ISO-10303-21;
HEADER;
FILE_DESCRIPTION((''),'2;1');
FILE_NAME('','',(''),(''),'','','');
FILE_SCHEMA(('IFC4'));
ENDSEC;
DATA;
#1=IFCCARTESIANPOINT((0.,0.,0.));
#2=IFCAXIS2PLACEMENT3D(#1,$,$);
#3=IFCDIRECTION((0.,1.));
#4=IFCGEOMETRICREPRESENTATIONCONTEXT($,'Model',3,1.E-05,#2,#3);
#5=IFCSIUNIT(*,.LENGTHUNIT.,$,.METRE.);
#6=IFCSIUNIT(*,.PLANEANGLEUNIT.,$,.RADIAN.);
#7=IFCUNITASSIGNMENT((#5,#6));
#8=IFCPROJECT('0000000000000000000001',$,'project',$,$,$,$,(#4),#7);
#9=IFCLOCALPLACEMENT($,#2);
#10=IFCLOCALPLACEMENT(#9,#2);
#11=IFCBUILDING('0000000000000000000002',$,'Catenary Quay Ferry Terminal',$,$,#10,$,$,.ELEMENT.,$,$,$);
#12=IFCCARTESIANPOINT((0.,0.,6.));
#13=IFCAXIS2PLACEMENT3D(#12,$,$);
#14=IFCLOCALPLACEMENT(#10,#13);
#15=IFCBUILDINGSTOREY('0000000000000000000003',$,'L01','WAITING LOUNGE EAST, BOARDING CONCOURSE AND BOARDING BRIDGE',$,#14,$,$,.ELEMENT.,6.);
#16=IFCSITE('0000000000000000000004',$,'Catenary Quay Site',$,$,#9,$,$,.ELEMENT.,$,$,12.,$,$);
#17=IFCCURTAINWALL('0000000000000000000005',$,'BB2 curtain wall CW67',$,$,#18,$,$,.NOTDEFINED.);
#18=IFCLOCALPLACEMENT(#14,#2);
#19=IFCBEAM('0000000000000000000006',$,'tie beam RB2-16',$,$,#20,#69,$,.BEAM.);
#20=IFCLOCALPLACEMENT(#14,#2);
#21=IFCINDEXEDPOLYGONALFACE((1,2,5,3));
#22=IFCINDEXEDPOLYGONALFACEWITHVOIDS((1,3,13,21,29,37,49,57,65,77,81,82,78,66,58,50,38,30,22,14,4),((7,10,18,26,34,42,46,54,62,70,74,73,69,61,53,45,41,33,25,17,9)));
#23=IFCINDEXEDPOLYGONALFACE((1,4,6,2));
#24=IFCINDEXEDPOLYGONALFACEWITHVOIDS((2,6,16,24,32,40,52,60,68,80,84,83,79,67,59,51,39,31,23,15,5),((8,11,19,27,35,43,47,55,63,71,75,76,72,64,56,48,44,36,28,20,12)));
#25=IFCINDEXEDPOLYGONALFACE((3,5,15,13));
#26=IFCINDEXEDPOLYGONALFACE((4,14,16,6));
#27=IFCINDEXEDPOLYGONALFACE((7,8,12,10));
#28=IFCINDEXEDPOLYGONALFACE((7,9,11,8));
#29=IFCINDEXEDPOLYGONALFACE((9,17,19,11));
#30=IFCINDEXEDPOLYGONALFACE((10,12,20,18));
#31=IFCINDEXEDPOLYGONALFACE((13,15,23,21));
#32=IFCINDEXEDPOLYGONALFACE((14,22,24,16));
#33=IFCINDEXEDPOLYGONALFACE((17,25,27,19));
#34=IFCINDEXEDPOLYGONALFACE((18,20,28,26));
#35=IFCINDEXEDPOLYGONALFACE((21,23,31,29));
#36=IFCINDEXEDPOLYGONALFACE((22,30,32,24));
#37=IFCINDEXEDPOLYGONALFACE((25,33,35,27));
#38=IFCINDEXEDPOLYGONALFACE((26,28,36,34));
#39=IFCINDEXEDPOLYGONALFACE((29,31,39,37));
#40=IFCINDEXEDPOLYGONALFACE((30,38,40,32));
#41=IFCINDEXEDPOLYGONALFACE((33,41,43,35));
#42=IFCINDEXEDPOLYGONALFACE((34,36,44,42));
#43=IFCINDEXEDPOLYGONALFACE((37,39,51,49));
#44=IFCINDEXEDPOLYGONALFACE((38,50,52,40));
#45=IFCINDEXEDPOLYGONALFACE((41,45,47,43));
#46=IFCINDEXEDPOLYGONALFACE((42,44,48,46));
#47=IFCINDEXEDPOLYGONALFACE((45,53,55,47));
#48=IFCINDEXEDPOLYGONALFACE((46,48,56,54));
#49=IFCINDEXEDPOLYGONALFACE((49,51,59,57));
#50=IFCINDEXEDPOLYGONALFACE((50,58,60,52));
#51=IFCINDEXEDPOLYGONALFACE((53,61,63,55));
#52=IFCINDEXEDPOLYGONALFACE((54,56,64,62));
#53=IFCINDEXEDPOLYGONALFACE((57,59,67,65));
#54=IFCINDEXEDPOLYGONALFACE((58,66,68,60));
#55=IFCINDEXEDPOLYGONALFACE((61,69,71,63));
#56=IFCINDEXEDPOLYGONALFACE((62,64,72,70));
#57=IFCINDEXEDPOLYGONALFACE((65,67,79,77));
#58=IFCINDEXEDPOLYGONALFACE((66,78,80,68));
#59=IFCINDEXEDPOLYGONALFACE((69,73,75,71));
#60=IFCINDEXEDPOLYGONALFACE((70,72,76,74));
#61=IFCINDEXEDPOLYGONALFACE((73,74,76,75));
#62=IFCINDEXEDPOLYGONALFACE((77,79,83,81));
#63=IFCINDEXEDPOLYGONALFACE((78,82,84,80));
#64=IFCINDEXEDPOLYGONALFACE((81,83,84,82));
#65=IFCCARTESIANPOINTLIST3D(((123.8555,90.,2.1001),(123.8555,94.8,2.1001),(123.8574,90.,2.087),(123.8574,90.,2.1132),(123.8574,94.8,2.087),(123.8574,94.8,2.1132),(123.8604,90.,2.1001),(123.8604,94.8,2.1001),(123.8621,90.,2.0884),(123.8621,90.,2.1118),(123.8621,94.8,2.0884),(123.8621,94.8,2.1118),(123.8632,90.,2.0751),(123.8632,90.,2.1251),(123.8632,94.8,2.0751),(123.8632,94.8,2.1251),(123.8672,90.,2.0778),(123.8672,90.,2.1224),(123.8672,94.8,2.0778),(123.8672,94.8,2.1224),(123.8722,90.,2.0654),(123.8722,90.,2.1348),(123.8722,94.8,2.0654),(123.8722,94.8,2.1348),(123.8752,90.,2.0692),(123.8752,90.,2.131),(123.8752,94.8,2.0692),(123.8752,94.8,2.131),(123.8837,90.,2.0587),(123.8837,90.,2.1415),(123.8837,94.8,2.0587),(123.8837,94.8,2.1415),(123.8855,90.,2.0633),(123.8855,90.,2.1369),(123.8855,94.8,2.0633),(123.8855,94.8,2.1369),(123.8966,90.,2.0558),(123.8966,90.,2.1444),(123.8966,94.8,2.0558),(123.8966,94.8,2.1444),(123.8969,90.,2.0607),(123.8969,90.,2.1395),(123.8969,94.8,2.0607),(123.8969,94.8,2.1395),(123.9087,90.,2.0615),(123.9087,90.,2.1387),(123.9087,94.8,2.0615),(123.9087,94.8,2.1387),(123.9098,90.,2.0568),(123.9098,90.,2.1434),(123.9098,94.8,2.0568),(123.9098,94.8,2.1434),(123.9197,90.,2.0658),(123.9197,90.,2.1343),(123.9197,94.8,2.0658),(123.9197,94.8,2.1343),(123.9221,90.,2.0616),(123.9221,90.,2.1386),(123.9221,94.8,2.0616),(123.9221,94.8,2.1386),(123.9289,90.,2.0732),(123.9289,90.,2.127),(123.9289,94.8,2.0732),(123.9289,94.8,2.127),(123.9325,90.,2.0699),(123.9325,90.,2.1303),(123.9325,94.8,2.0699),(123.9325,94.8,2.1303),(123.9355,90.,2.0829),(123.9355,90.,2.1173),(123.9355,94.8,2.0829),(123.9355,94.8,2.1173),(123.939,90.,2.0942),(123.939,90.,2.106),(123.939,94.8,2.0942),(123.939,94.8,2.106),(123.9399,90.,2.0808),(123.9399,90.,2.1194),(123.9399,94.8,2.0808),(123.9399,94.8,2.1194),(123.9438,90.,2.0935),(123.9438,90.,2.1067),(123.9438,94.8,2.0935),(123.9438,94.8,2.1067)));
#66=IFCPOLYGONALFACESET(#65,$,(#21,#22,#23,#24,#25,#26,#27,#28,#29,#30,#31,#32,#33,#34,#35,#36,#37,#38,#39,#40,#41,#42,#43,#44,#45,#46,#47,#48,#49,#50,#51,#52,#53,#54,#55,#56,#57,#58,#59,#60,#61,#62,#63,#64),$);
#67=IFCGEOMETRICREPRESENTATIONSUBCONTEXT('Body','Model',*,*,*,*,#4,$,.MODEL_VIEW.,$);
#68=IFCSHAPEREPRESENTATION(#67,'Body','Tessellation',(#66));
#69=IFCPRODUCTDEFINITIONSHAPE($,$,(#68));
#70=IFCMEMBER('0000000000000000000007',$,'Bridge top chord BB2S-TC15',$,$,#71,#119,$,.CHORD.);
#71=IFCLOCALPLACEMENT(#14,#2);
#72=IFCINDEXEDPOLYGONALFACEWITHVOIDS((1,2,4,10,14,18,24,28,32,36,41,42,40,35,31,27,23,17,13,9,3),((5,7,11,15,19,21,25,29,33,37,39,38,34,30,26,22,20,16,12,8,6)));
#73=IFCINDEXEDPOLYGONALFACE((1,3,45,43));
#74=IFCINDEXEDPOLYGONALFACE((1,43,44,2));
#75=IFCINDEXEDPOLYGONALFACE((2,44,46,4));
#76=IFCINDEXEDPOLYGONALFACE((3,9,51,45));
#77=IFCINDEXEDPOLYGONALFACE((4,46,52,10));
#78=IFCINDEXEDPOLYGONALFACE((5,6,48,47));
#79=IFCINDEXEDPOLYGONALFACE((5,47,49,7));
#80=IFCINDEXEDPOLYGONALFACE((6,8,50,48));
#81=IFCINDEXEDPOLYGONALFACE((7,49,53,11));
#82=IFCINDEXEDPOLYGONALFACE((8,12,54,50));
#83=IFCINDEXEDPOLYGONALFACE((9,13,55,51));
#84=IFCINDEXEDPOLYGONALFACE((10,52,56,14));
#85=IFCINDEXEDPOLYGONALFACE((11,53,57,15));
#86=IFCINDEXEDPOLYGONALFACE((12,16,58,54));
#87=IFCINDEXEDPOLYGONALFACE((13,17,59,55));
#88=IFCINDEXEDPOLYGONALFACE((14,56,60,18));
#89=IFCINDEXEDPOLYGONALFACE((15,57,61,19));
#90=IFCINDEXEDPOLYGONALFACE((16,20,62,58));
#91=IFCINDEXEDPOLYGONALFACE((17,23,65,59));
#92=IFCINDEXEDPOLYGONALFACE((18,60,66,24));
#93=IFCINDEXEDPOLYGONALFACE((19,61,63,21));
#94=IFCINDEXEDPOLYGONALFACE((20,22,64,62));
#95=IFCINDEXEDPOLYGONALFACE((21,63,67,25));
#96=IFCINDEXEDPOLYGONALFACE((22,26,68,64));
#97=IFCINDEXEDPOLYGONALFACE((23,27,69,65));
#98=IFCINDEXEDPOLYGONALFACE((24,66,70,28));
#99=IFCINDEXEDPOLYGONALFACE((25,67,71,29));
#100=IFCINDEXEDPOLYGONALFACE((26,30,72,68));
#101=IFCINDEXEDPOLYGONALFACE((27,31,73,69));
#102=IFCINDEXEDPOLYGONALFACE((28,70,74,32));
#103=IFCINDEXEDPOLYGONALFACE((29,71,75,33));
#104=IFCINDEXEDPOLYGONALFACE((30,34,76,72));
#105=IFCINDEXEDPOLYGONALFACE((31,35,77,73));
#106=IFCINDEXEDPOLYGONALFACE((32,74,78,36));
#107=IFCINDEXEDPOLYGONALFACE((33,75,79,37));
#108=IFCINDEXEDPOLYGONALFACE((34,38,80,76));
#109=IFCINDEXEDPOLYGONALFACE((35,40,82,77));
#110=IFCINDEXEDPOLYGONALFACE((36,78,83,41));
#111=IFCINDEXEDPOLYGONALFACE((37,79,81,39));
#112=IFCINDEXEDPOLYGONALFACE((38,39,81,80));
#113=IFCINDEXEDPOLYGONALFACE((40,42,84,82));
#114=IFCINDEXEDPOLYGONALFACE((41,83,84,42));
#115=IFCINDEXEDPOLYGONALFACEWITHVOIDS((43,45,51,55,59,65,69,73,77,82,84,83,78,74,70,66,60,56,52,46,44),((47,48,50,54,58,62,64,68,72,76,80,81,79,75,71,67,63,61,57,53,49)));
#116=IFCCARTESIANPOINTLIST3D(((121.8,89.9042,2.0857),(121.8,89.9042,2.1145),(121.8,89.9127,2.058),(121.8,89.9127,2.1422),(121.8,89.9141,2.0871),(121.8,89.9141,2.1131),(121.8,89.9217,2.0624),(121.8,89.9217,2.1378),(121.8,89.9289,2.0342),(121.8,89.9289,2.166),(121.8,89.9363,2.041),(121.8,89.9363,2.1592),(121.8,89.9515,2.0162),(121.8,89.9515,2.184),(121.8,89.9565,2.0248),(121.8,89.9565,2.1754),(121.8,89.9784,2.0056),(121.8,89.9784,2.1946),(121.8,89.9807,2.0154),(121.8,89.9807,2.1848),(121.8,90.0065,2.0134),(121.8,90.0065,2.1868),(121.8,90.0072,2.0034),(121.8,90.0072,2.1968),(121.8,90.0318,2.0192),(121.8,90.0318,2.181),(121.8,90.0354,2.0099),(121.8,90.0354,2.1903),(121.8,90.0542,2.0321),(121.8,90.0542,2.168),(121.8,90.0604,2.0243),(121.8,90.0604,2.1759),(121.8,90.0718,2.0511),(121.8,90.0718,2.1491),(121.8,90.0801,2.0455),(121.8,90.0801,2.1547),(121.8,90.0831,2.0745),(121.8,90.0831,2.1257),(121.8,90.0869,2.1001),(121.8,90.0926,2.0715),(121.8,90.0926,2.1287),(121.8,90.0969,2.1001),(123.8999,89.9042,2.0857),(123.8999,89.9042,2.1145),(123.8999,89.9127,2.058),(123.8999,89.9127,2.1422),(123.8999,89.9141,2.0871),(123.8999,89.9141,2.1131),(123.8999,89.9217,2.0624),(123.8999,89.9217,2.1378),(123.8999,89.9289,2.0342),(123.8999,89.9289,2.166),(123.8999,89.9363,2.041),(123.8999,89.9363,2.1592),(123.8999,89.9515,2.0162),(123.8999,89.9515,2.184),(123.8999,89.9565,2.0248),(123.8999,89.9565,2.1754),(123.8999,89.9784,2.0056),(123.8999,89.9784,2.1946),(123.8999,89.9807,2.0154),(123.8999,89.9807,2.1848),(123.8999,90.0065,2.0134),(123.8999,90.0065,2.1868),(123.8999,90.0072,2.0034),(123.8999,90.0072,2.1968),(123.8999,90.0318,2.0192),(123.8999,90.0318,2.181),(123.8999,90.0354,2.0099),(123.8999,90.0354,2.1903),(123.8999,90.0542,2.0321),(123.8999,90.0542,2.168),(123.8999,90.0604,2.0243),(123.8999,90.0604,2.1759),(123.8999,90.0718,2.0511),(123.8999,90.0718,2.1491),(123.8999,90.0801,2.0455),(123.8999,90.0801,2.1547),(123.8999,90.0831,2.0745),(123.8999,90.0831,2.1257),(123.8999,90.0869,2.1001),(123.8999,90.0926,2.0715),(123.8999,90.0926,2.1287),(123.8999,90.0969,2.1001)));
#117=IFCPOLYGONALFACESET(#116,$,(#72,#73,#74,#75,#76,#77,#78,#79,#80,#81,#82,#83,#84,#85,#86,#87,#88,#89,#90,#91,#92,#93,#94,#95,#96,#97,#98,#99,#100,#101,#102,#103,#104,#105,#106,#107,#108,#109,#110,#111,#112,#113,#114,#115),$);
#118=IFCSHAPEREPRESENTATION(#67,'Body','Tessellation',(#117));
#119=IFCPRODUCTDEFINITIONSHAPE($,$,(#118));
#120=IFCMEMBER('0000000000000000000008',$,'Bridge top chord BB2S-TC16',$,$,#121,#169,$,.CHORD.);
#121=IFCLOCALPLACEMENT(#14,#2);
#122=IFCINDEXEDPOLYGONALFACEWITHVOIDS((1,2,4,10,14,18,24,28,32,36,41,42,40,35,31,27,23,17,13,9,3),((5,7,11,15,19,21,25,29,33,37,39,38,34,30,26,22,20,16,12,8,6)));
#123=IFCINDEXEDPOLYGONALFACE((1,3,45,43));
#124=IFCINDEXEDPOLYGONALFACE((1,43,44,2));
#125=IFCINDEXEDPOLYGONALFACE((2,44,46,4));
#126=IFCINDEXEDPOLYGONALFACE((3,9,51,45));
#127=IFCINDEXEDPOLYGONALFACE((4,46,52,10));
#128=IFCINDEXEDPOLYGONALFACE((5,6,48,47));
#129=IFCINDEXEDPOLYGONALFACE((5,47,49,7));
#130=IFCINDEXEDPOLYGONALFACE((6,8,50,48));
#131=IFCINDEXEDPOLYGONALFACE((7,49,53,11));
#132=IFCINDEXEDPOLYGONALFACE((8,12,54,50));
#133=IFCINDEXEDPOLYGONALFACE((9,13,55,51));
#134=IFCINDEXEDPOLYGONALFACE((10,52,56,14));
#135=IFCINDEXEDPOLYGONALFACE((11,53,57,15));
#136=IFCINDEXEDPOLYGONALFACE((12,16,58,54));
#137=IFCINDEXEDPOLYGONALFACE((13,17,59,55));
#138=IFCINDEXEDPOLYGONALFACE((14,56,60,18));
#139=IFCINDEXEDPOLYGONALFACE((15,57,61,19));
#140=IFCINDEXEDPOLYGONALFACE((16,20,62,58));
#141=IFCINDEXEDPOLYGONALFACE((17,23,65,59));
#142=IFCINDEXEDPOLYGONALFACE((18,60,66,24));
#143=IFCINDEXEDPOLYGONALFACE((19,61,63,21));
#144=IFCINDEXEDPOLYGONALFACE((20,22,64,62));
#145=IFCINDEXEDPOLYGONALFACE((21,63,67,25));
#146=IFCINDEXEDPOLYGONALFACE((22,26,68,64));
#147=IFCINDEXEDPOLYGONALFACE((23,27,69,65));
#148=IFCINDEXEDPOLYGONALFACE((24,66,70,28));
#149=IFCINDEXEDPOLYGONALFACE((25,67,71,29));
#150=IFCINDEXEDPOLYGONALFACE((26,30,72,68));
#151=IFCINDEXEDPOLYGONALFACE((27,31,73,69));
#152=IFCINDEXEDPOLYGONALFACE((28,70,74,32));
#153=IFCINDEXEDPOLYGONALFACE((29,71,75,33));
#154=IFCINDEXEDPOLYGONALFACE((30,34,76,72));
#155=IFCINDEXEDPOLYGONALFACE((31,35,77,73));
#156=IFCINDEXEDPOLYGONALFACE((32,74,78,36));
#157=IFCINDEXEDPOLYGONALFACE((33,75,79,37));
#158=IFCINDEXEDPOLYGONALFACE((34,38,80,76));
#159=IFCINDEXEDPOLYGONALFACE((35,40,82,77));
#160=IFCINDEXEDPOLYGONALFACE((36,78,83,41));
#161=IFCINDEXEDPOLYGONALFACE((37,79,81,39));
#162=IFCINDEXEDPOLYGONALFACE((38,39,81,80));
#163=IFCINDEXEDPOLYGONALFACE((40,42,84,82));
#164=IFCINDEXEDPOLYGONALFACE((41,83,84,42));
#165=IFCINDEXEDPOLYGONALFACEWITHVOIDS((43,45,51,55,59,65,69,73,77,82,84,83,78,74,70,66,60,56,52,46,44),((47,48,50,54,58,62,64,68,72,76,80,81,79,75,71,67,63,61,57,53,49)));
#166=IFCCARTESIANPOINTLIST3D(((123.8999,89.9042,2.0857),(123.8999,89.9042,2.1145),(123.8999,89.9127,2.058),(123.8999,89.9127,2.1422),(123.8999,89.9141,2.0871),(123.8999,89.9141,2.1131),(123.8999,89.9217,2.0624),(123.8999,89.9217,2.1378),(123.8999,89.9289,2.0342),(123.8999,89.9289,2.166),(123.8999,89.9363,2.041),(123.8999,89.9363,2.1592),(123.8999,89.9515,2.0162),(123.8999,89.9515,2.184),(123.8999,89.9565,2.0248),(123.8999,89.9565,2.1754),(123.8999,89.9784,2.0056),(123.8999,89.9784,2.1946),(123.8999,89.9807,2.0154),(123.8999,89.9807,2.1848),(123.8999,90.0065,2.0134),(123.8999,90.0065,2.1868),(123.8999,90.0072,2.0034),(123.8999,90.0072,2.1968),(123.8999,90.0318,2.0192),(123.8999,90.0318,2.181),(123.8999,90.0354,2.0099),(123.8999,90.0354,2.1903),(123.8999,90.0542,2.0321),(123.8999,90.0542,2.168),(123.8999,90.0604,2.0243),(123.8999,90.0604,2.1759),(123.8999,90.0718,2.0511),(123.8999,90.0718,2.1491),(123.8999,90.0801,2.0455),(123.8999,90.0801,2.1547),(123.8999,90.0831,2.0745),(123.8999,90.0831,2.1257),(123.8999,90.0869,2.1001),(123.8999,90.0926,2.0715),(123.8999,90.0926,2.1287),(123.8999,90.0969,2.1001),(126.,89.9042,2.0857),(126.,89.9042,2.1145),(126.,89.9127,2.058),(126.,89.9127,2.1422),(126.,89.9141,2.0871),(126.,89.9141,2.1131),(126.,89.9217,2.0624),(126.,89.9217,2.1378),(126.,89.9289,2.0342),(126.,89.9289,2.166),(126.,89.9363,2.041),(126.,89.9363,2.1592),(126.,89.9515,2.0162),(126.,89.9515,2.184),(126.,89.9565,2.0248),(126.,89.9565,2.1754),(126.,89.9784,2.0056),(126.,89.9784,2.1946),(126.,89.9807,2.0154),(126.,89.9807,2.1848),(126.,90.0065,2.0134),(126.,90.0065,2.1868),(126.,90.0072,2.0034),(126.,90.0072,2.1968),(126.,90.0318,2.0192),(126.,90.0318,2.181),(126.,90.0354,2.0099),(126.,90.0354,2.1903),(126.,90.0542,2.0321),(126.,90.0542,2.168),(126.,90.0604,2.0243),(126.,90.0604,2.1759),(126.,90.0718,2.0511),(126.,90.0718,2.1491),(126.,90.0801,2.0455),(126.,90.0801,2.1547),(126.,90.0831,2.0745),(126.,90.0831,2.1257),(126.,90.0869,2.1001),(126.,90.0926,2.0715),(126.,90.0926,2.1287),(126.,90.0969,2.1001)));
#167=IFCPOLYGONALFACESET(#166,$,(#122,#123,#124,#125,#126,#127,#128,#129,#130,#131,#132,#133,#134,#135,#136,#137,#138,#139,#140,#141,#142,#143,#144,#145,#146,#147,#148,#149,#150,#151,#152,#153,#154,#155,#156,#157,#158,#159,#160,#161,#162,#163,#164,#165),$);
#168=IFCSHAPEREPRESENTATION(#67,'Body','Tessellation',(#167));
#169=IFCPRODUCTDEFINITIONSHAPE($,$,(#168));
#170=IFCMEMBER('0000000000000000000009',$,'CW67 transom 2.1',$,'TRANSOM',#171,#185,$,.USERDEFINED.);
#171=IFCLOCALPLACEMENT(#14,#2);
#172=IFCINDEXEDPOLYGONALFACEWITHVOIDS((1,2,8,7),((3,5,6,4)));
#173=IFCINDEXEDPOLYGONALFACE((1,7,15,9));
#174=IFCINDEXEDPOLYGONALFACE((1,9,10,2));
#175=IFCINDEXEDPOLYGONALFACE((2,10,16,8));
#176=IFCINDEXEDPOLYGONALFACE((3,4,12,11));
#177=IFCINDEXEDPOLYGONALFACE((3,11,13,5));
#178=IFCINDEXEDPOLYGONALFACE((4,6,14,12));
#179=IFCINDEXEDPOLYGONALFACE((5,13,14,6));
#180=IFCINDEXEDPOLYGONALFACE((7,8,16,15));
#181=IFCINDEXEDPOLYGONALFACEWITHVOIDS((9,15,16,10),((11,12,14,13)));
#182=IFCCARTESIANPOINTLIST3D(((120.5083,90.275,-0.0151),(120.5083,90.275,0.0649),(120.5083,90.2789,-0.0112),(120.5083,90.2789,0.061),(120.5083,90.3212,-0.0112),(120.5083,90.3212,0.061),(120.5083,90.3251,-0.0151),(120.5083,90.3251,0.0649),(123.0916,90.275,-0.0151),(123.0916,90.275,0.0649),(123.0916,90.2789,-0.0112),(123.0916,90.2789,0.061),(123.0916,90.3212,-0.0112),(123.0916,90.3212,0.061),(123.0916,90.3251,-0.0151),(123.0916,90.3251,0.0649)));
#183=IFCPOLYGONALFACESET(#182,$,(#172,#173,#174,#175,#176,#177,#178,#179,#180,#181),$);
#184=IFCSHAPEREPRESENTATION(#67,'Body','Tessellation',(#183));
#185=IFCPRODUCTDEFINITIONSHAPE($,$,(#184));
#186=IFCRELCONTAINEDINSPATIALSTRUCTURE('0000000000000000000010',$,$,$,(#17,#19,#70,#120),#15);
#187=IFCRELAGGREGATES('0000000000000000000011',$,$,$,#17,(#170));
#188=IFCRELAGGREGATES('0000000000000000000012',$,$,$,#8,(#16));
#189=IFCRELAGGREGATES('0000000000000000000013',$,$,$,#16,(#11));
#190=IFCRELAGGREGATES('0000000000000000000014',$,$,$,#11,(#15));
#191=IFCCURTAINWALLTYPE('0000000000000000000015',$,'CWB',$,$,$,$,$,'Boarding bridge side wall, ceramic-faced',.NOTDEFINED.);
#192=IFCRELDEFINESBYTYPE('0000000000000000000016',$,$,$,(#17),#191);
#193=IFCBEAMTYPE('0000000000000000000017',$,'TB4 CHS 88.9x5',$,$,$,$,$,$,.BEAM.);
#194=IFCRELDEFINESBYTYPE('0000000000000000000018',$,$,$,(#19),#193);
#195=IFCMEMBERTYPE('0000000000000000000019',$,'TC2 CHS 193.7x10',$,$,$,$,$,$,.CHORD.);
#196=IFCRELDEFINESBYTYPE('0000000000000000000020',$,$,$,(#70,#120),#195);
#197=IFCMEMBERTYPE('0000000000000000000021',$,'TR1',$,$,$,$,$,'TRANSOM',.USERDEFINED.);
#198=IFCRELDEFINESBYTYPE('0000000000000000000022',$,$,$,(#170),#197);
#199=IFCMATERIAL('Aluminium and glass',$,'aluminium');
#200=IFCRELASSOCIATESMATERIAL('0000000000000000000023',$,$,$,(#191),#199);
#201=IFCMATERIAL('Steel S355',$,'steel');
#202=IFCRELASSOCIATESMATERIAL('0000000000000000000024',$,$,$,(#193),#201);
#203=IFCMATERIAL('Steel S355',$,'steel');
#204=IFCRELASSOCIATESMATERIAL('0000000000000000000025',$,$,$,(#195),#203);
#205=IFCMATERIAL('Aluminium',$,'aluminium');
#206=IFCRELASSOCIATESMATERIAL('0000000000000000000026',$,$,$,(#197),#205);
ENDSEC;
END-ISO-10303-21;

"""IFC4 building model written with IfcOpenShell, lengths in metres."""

from ifc_helpers import new_model, si_unit, direction, frame, origin, origin_2d, place, context, subcontext, project, spatial, hollow_rectangle, hollow_circle, extrude, material, material_profile, profile_set, type_object, element, aggregate, save


model = new_model("IFC4")

# Units and contexts
model_context = context("Model", 3, precision=1e-05, world=origin(), true_north=direction((0.0, 1.0)))
body_context = subcontext(model_context, "Body", "Model", "MODEL_VIEW")
ifc_project = project(units=[si_unit("LENGTHUNIT", "METRE"), si_unit("PLANEANGLEUNIT", "RADIAN")], contexts=[model_context])

# Site, building, storey
site_placement = place(None, origin())
site = spatial("IfcSite", under=ifc_project, at=site_placement, Name="Catenary Quay Site", CompositionType="ELEMENT", RefElevation=12.0)
building_placement = place(site_placement, origin())
building = spatial("IfcBuilding", under=site, at=building_placement, Name="Catenary Quay Ferry Terminal", CompositionType="ELEMENT")
storey_placement = place(building_placement, frame((0.0, 0.0, 6.0)))
storey = spatial("IfcBuildingStorey", under=building, at=storey_placement, Name="L01", Description="WAITING LOUNGE EAST, BOARDING CONCOURSE AND BOARDING BRIDGE", CompositionType="ELEMENT", Elevation=6.0)

# Curtain wall
ifc_material_1 = material(Name="Aluminium and glass", Category="aluminium")
curtain_wall_type = type_object("IfcCurtainWallType", Name="CWB", ElementType="Boarding bridge side wall, ceramic-faced", PredefinedType="NOTDEFINED", material=ifc_material_1)
curtain_wall_placement = place(storey_placement, origin())
curtain_wall = element("IfcCurtainWall", 1, at=curtain_wall_placement, inside=storey, type_object=curtain_wall_type, Name="BB2 curtain wall CW67", PredefinedType="NOTDEFINED")

# Beam
ifc_material_2 = material(Name="Steel S355", Category="steel")
ifc_material_profile_1 = material_profile(ifc_material_2, hollow_circle(Radius=0.0444, WallThickness=0.0049, at=origin_2d()), Name="CHS 88.9x5")
ifc_profile_set_1 = profile_set([ifc_material_profile_1], Name="Steel S355")
beam_type_1 = type_object("IfcBeamType", Name="TB4 CHS 88.9x5", PredefinedType="BEAM", material=ifc_profile_set_1)
for number, where, z_axis, x_axis, name in (
    (2, (123.8999, 90.0, 2.1001), (0.0, 1.0, 0.0), (-1.0, 0.0, 0.0), "tie beam RB2-16"),
):
    element("IfcBeam", number, at=place(storey_placement, frame(where, z_axis=z_axis, x_axis=x_axis)), inside=storey, type_object=beam_type_1, Name=name, PredefinedType="BEAM", context=body_context, shape_type="SweptSolid", body=[
        extrude(hollow_circle(Radius=0.0444, WallThickness=0.0049, at=origin_2d()), origin(), (0.0, 0.0, 1.0), 4.8),
    ])

# Members
ifc_material_3 = material(Name="Steel S355", Category="steel")
ifc_material_profile_2 = material_profile(ifc_material_3, hollow_circle(Radius=0.0969, WallThickness=0.01, at=origin_2d()), Name="CHS 193.7x10")
ifc_profile_set_2 = profile_set([ifc_material_profile_2], Name="Steel S355")
member_type_1 = type_object("IfcMemberType", Name="TC2 CHS 193.7x10", PredefinedType="CHORD", material=ifc_profile_set_2)
member_1_placement = place(storey_placement, frame((121.8, 90.0, 2.1001), z_axis=(1.0, 0.0, 0.0), x_axis=(0.0, 1.0, 0.0)))
element("IfcMember", 3, at=member_1_placement, inside=storey, type_object=member_type_1, Name="Bridge top chord BB2S-TC15", PredefinedType="CHORD", context=body_context, shape_type="SweptSolid", body=[
    extrude(hollow_circle(Radius=0.0969, WallThickness=0.01, at=origin_2d()), origin(), (0.0, 0.0, 1.0), 2.0999),
])
member_2_placement = place(storey_placement, frame((123.8999, 90.0, 2.1001), z_axis=(1.0, 0.0, 0.0), x_axis=(0.0, 1.0, 0.0)))
element("IfcMember", 4, at=member_2_placement, inside=storey, type_object=member_type_1, Name="Bridge top chord BB2S-TC16", PredefinedType="CHORD", context=body_context, shape_type="SweptSolid", body=[
    extrude(hollow_circle(Radius=0.0969, WallThickness=0.01, at=origin_2d()), origin(), (0.0, 0.0, 1.0), 2.1001),
])

# Member
ifc_material_4 = material(Name="Aluminium", Category="aluminium")
ifc_material_profile_3 = material_profile(ifc_material_4, hollow_rectangle(XDim=0.05, YDim=0.0801, WallThickness=0.0039, at=origin_2d()), Name="TR1")
ifc_profile_set_3 = profile_set([ifc_material_profile_3], Name="Aluminium")
member_type_2 = type_object("IfcMemberType", Name="TR1", ElementType="TRANSOM", PredefinedType="USERDEFINED", material=ifc_profile_set_3)
member_3_placement = place(storey_placement, frame((120.5083, 90.3, 0.0249), z_axis=(1.0, 0.0, 0.0), x_axis=(0.0, 1.0, 0.0)))
member_3 = element("IfcMember", 5, at=member_3_placement, type_object=member_type_2, Name="CW67 transom 2.1", ObjectType="TRANSOM", PredefinedType="USERDEFINED", context=body_context, shape_type="SweptSolid", body=[
    extrude(hollow_rectangle(XDim=0.05, YDim=0.0801, WallThickness=0.0039, at=origin_2d()), origin(), (0.0, 0.0, 1.0), 2.5833),
])

aggregate(curtain_wall, [member_3])

save(model, "model.ifc")
